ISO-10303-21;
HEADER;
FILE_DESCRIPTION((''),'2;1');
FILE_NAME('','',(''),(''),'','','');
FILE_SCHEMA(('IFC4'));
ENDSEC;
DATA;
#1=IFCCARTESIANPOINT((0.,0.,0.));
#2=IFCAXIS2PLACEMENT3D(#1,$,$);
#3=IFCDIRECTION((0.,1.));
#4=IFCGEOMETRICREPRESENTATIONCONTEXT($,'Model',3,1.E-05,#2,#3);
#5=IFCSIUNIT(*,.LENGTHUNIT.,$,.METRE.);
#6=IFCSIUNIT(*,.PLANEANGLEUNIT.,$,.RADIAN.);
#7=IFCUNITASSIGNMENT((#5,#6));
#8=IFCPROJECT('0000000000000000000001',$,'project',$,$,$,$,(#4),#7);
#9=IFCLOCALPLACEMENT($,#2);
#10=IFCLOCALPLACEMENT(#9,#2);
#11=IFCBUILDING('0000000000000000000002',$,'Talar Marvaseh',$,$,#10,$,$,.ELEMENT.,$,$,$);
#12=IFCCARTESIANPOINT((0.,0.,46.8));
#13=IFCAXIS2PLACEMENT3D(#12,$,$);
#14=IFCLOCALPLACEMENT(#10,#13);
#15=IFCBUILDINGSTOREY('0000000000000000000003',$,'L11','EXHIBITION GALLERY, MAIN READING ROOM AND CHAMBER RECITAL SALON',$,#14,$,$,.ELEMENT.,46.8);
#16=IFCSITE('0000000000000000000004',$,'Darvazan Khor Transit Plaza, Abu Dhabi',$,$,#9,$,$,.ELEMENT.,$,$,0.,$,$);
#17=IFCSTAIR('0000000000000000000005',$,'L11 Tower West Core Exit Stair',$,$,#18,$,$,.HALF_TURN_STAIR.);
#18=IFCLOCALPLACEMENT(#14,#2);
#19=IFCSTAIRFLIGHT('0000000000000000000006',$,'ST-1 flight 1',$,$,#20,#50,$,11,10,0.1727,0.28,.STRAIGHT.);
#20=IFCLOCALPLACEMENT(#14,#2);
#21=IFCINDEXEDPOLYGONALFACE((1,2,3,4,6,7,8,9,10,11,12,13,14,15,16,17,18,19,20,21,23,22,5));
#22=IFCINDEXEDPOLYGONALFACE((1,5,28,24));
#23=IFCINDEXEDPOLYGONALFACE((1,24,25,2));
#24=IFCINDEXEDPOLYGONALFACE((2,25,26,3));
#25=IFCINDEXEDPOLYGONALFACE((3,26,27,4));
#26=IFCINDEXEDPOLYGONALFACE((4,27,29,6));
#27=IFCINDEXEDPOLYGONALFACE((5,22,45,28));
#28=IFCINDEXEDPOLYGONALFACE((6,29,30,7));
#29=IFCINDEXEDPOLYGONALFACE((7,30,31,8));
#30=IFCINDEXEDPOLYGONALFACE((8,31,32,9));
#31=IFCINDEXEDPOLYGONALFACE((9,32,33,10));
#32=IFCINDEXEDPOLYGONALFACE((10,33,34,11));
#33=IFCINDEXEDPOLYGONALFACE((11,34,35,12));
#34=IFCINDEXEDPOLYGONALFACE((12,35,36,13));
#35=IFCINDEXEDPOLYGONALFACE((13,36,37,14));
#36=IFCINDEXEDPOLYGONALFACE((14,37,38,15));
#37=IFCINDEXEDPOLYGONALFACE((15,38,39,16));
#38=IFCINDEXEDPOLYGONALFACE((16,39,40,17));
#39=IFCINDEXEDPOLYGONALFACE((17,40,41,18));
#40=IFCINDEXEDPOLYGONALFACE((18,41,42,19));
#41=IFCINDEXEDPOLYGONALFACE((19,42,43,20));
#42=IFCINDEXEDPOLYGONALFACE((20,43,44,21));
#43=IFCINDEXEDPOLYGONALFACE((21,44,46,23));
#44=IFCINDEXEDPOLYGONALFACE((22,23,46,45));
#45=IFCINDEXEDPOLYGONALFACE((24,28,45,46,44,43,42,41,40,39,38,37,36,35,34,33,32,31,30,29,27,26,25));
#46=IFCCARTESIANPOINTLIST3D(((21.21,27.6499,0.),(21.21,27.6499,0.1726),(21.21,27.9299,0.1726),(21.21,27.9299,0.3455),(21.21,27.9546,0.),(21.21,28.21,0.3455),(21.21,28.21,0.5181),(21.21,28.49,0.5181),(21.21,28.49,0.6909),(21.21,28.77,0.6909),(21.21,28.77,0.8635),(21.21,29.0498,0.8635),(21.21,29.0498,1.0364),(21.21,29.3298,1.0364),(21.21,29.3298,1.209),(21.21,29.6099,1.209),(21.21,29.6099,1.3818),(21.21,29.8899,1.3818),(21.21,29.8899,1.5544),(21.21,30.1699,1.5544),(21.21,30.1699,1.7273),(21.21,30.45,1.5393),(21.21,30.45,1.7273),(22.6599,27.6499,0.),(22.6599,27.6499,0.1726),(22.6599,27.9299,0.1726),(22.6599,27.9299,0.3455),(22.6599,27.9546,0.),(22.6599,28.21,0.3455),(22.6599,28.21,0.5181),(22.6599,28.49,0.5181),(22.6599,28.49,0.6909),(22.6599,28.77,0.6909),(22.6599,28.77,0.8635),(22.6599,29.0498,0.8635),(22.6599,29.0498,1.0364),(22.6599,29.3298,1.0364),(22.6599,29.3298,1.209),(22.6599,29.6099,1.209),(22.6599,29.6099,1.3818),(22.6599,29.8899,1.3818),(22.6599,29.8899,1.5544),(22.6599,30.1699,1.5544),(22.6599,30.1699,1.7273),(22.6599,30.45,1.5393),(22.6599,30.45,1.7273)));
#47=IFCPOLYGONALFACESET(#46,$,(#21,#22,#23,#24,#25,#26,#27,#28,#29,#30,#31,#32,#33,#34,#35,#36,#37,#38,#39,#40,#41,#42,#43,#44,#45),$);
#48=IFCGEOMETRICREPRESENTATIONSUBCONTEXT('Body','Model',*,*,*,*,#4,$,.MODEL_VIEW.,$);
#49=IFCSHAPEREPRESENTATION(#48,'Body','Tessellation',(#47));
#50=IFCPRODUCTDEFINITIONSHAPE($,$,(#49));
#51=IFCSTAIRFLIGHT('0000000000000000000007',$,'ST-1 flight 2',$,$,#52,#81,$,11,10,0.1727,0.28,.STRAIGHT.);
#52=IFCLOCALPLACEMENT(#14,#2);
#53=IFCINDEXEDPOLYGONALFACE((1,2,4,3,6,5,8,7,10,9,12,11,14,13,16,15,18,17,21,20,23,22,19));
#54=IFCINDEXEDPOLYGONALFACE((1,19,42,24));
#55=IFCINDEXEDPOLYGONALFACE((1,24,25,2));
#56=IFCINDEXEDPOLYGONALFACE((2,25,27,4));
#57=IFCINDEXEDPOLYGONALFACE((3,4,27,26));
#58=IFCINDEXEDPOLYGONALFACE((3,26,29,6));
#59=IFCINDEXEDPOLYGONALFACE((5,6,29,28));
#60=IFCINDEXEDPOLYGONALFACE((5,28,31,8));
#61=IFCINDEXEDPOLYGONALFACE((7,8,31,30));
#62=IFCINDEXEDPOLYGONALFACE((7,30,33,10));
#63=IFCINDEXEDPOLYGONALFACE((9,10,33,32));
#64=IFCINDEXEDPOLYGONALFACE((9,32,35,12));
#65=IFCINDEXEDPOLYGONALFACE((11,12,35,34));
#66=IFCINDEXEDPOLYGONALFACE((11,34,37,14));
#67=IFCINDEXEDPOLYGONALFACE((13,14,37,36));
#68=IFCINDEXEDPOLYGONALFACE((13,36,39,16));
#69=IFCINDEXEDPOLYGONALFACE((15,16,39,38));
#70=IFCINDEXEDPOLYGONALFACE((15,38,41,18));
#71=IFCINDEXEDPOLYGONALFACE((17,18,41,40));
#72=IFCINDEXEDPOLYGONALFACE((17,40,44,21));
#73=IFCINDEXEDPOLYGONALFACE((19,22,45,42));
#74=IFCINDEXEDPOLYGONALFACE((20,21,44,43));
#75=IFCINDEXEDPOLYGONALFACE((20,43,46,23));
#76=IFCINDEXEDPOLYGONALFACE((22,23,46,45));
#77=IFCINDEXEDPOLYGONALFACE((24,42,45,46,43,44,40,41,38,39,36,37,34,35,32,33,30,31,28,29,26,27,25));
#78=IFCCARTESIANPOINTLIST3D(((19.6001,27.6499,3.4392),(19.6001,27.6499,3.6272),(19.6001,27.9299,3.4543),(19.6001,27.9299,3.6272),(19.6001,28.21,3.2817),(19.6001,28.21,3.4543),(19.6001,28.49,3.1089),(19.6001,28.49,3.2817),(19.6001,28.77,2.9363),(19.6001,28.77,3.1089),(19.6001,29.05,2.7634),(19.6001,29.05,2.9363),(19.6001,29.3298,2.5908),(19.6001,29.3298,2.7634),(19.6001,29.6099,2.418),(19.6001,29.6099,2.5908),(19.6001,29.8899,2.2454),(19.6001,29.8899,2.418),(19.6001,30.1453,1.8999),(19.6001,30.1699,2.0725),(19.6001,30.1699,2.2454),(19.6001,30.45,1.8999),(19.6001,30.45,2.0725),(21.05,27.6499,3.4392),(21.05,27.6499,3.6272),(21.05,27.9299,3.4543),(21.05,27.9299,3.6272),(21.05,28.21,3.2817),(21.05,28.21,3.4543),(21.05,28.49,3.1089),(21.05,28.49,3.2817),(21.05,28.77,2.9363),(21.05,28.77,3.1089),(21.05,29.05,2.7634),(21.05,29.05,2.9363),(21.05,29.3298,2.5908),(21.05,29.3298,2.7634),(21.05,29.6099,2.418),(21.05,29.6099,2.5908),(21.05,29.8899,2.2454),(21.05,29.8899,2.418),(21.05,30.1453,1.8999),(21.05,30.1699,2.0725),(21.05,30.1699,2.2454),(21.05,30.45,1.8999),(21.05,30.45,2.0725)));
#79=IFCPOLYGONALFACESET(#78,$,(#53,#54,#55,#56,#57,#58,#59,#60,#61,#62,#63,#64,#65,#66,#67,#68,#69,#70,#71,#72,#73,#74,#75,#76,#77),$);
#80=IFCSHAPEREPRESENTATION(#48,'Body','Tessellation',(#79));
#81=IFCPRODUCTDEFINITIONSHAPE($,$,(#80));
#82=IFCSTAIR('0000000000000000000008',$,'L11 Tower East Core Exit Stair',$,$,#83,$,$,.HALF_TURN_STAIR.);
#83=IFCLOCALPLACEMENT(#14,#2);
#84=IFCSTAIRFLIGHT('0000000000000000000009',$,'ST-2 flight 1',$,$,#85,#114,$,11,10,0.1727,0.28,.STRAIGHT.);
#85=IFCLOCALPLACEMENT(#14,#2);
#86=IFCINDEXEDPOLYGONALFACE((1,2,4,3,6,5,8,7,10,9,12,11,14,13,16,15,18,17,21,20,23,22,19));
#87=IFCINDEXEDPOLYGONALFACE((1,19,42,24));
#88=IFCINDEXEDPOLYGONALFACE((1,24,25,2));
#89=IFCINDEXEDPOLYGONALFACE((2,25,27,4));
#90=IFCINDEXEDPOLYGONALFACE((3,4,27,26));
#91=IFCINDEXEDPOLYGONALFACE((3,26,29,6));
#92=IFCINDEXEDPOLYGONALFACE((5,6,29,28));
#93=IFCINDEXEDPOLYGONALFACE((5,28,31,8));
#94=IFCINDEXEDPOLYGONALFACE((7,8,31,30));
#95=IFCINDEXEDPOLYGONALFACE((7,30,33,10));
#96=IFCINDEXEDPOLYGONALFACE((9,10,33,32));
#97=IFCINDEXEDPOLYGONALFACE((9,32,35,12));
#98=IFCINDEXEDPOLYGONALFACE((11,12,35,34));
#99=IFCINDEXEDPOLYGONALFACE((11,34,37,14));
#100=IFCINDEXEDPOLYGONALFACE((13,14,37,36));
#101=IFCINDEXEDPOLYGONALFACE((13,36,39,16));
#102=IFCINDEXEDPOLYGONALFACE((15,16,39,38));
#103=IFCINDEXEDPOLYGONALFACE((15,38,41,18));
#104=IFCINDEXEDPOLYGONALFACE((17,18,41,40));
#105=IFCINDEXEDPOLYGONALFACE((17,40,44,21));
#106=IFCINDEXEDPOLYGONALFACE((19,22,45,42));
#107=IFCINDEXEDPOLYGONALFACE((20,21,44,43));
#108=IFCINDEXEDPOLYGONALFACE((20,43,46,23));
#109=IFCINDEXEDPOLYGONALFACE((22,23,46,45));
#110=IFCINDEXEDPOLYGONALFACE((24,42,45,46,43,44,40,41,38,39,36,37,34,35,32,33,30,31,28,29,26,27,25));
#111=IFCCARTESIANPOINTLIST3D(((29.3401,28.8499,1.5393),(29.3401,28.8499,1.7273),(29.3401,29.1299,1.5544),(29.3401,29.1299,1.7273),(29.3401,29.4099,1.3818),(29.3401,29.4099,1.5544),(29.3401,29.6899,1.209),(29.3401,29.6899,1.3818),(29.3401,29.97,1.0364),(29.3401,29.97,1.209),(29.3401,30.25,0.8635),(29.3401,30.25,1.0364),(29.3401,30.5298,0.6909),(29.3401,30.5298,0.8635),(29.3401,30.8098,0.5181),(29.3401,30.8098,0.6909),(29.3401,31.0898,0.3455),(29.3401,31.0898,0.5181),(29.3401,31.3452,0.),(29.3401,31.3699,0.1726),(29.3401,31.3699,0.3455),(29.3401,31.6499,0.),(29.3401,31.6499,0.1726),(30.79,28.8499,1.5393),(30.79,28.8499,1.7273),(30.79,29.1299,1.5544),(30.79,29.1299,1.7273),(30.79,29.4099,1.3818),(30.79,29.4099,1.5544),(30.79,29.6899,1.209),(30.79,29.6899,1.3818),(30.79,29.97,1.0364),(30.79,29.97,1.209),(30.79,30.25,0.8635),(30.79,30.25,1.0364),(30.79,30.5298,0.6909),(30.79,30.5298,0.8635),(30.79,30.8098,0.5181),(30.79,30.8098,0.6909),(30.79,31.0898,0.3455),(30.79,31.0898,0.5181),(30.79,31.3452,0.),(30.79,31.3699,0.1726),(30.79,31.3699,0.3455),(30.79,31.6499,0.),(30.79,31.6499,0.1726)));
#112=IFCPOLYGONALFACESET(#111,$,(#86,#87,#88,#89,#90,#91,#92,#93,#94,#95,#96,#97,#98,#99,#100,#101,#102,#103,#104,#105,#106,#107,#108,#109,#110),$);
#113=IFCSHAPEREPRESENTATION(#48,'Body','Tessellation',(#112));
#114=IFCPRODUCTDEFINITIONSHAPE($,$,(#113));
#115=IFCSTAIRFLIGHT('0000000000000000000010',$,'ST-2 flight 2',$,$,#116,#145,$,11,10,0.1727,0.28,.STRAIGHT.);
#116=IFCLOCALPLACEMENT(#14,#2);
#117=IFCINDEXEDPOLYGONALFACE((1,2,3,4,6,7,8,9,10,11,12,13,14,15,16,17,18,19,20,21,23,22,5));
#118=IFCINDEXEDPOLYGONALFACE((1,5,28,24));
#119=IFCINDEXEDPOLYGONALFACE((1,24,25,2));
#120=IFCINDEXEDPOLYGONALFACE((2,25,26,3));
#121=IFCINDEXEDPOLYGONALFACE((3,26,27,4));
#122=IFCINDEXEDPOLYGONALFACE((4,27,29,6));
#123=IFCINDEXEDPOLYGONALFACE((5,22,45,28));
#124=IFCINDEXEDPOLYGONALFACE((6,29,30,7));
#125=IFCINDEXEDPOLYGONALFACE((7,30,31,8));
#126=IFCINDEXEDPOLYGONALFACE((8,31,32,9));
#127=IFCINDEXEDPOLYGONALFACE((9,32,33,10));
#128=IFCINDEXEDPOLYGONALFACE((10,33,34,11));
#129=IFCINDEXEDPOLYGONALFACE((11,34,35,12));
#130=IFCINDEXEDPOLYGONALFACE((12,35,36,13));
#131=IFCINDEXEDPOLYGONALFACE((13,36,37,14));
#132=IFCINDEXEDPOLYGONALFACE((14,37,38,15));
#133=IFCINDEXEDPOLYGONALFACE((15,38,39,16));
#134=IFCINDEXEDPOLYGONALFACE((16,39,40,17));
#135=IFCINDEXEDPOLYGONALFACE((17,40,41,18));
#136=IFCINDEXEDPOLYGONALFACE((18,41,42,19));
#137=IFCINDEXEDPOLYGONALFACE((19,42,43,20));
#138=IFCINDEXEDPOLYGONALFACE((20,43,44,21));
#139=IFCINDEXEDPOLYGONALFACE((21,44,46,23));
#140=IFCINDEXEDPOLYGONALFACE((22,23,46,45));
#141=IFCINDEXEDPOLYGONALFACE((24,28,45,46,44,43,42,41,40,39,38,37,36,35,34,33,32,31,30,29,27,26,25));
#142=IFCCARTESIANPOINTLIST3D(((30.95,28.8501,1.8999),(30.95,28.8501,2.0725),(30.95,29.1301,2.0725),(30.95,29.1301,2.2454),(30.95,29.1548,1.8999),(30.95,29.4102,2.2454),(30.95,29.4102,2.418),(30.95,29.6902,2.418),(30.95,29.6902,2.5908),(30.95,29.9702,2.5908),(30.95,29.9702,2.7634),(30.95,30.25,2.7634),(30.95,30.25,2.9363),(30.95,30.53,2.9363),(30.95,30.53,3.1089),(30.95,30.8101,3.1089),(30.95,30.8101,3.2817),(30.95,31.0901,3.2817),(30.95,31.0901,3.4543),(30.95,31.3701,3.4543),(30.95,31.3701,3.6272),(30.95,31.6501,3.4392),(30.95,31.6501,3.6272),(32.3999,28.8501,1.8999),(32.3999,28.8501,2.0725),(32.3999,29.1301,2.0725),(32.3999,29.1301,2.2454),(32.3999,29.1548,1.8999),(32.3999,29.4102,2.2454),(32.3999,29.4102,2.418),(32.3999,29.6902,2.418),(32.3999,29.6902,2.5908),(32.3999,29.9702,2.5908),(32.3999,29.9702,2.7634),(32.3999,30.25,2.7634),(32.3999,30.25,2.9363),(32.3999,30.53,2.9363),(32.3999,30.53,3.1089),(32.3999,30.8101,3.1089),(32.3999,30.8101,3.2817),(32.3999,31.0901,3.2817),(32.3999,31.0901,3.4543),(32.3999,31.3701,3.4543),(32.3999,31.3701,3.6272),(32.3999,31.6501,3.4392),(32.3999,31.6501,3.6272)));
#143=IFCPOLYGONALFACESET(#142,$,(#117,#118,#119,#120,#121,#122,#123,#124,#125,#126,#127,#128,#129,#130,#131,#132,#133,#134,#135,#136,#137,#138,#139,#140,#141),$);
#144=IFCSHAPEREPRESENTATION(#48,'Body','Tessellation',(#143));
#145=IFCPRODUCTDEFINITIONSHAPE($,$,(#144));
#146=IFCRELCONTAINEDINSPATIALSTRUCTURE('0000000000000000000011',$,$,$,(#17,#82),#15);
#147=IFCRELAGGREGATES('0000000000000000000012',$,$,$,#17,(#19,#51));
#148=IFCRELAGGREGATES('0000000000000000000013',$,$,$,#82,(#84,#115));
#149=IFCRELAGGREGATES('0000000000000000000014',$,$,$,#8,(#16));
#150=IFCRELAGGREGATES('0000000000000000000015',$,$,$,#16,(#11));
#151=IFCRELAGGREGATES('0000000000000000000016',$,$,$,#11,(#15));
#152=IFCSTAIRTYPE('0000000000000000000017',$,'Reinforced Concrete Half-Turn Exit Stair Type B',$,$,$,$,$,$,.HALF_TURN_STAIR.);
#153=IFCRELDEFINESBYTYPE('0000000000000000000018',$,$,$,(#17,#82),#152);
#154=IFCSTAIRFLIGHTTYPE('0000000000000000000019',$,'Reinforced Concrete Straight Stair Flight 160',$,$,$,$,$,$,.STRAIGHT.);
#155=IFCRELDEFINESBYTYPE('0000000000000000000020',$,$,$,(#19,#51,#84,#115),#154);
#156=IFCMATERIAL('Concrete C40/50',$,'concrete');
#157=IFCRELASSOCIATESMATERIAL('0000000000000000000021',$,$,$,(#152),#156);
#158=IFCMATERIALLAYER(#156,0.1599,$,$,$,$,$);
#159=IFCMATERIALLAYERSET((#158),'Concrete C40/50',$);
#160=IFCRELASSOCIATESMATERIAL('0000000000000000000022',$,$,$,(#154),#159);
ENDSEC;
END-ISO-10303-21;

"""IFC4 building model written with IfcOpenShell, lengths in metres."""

from ifc_helpers import new_model, si_unit, direction, frame, origin, place, context, subcontext, project, spatial, polyline, outline, extrude, material, layer, layer_set, type_object, element, aggregate, save


model = new_model("IFC4")

# Units and contexts
model_context = context("Model", 3, precision=1e-05, world=origin(), true_north=direction((0.0, 1.0)))
body_context = subcontext(model_context, "Body", "Model", "MODEL_VIEW")
ifc_project = project(units=[si_unit("LENGTHUNIT", "METRE"), si_unit("PLANEANGLEUNIT", "RADIAN")], contexts=[model_context])

# Site, building, storey
site_placement = place(None, origin())
site = spatial("IfcSite", under=ifc_project, at=site_placement, Name="Darvazan Khor Transit Plaza, Abu Dhabi", CompositionType="ELEMENT", RefElevation=0.0)
building_placement = place(site_placement, origin())
building = spatial("IfcBuilding", under=site, at=building_placement, Name="Talar Marvaseh", CompositionType="ELEMENT")
storey_placement = place(building_placement, frame((0.0, 0.0, 46.8)))
storey = spatial("IfcBuildingStorey", under=building, at=storey_placement, Name="L11", Description="EXHIBITION GALLERY, MAIN READING ROOM AND CHAMBER RECITAL SALON", CompositionType="ELEMENT", Elevation=46.8)

# Shared definitions
ifc_material_1 = material(Name="Concrete C40/50", Category="concrete")

# Stairs, stair flights
stair_type = type_object("IfcStairType", Name="Reinforced Concrete Half-Turn Exit Stair Type B", PredefinedType="HALF_TURN_STAIR", material=ifc_material_1)
stair_1_placement = place(storey_placement, origin())
stair_1 = element("IfcStair", 1, at=stair_1_placement, inside=storey, type_object=stair_type, Name="L11 Tower West Core Exit Stair", PredefinedType="HALF_TURN_STAIR")
ifc_layer_1 = layer(ifc_material_1, 0.1599)
ifc_layer_set_1 = layer_set([ifc_layer_1], Name="Concrete C40/50")
stair_flight_type = type_object("IfcStairFlightType", Name="Reinforced Concrete Straight Stair Flight 160", PredefinedType="STRAIGHT", material=ifc_layer_set_1)
stair_flight_1_placement = place(storey_placement, frame((21.9351, 27.6499, 0.0), z_axis=(0.0, 0.0, 1.0), x_axis=(0.0, 1.0, 0.0)))
stair_flight_1 = element("IfcStairFlight", 2, at=stair_flight_1_placement, type_object=stair_flight_type, Name="ST-1 flight 1", NumberOfRisers=11, NumberOfTreads=10, PredefinedType="STRAIGHT", RiserHeight=0.1727, TreadLength=0.28, context=body_context, shape_type="SweptSolid", body=[
    extrude(outline(polyline([(0.0, 0.0), (0.0, 0.1726), (0.28, 0.1726), (0.28, 0.3455), (0.5601, 0.3455), (0.5601, 0.5181), (0.8401, 0.5181), (0.8401, 0.6909), (1.1201, 0.6909), (1.1201, 0.8635), (1.3999, 0.8635), (1.3999, 1.0364), (1.6799, 1.0364), (1.6799, 1.209), (1.96, 1.209), (1.96, 1.3818), (2.24, 1.3818), (2.24, 1.5544), (2.52, 1.5544), (2.52, 1.7273), (2.8, 1.7273), (2.8, 1.8999), (2.8, 1.5393), (0.3047, 0.0), (0.0, 0.0)])), frame((0.0, 0.7251, 0.0), z_axis=(0.0, -1.0, 0.0), x_axis=(1.0, 0.0, 0.0)), (0.0, 0.0, 1.0), 1.45),
])
stair_flight_2_placement = place(storey_placement, frame((20.325, 30.45, 1.8999), z_axis=(0.0, 0.0, 1.0), x_axis=(0.0, -1.0, 0.0)))
stair_flight_2 = element("IfcStairFlight", 3, at=stair_flight_2_placement, type_object=stair_flight_type, Name="ST-1 flight 2", NumberOfRisers=11, NumberOfTreads=10, PredefinedType="STRAIGHT", RiserHeight=0.1727, TreadLength=0.28, context=body_context, shape_type="SweptSolid", body=[
    extrude(outline(polyline([(0.0, 0.0), (0.0, 0.1726), (0.28, 0.1726), (0.28, 0.3455), (0.5601, 0.3455), (0.5601, 0.5181), (0.8401, 0.5181), (0.8401, 0.6909), (1.1201, 0.6909), (1.1201, 0.8635), (1.3999, 0.8635), (1.3999, 1.0364), (1.6799, 1.0364), (1.6799, 1.209), (1.96, 1.209), (1.96, 1.3818), (2.24, 1.3818), (2.24, 1.5544), (2.52, 1.5544), (2.52, 1.7273), (2.8, 1.7273), (2.8, 1.8999), (2.8, 1.5393), (0.3047, 0.0), (0.0, 0.0)])), frame((0.0, 0.7251, 0.0), z_axis=(0.0, -1.0, 0.0), x_axis=(1.0, 0.0, 0.0)), (0.0, 0.0, 1.0), 1.45),
])
aggregate(stair_1, [stair_flight_1, stair_flight_2])
stair_2_placement = place(storey_placement, origin())
stair_2 = element("IfcStair", 4, at=stair_2_placement, inside=storey, type_object=stair_type, Name="L11 Tower East Core Exit Stair", PredefinedType="HALF_TURN_STAIR")
stair_flight_3_placement = place(storey_placement, frame((30.0649, 31.6499, 0.0), z_axis=(0.0, 0.0, 1.0), x_axis=(0.0, -1.0, 0.0)))
stair_flight_3 = element("IfcStairFlight", 5, at=stair_flight_3_placement, type_object=stair_flight_type, Name="ST-2 flight 1", NumberOfRisers=11, NumberOfTreads=10, PredefinedType="STRAIGHT", RiserHeight=0.1727, TreadLength=0.28, context=body_context, shape_type="SweptSolid", body=[
    extrude(outline(polyline([(0.0, 0.0), (0.0, 0.1726), (0.28, 0.1726), (0.28, 0.3455), (0.5601, 0.3455), (0.5601, 0.5181), (0.8401, 0.5181), (0.8401, 0.6909), (1.1201, 0.6909), (1.1201, 0.8635), (1.3999, 0.8635), (1.3999, 1.0364), (1.6799, 1.0364), (1.6799, 1.209), (1.96, 1.209), (1.96, 1.3818), (2.24, 1.3818), (2.24, 1.5544), (2.52, 1.5544), (2.52, 1.7273), (2.8, 1.7273), (2.8, 1.8999), (2.8, 1.5393), (0.3047, 0.0), (0.0, 0.0)])), frame((0.0, 0.7251, 0.0), z_axis=(0.0, -1.0, 0.0), x_axis=(1.0, 0.0, 0.0)), (0.0, 0.0, 1.0), 1.45),
])
stair_flight_4_placement = place(storey_placement, frame((31.675, 28.8501, 1.8999), z_axis=(0.0, 0.0, 1.0), x_axis=(0.0, 1.0, 0.0)))
stair_flight_4 = element("IfcStairFlight", 6, at=stair_flight_4_placement, type_object=stair_flight_type, Name="ST-2 flight 2", NumberOfRisers=11, NumberOfTreads=10, PredefinedType="STRAIGHT", RiserHeight=0.1727, TreadLength=0.28, context=body_context, shape_type="SweptSolid", body=[
    extrude(outline(polyline([(0.0, 0.0), (0.0, 0.1726), (0.28, 0.1726), (0.28, 0.3455), (0.5601, 0.3455), (0.5601, 0.5181), (0.8401, 0.5181), (0.8401, 0.6909), (1.1201, 0.6909), (1.1201, 0.8635), (1.3999, 0.8635), (1.3999, 1.0364), (1.6799, 1.0364), (1.6799, 1.209), (1.96, 1.209), (1.96, 1.3818), (2.24, 1.3818), (2.24, 1.5544), (2.52, 1.5544), (2.52, 1.7273), (2.8, 1.7273), (2.8, 1.8999), (2.8, 1.5393), (0.3047, 0.0), (0.0, 0.0)])), frame((0.0, 0.7251, 0.0), z_axis=(0.0, -1.0, 0.0), x_axis=(1.0, 0.0, 0.0)), (0.0, 0.0, 1.0), 1.45),
])
aggregate(stair_2, [stair_flight_3, stair_flight_4])

save(model, "model.ifc")
